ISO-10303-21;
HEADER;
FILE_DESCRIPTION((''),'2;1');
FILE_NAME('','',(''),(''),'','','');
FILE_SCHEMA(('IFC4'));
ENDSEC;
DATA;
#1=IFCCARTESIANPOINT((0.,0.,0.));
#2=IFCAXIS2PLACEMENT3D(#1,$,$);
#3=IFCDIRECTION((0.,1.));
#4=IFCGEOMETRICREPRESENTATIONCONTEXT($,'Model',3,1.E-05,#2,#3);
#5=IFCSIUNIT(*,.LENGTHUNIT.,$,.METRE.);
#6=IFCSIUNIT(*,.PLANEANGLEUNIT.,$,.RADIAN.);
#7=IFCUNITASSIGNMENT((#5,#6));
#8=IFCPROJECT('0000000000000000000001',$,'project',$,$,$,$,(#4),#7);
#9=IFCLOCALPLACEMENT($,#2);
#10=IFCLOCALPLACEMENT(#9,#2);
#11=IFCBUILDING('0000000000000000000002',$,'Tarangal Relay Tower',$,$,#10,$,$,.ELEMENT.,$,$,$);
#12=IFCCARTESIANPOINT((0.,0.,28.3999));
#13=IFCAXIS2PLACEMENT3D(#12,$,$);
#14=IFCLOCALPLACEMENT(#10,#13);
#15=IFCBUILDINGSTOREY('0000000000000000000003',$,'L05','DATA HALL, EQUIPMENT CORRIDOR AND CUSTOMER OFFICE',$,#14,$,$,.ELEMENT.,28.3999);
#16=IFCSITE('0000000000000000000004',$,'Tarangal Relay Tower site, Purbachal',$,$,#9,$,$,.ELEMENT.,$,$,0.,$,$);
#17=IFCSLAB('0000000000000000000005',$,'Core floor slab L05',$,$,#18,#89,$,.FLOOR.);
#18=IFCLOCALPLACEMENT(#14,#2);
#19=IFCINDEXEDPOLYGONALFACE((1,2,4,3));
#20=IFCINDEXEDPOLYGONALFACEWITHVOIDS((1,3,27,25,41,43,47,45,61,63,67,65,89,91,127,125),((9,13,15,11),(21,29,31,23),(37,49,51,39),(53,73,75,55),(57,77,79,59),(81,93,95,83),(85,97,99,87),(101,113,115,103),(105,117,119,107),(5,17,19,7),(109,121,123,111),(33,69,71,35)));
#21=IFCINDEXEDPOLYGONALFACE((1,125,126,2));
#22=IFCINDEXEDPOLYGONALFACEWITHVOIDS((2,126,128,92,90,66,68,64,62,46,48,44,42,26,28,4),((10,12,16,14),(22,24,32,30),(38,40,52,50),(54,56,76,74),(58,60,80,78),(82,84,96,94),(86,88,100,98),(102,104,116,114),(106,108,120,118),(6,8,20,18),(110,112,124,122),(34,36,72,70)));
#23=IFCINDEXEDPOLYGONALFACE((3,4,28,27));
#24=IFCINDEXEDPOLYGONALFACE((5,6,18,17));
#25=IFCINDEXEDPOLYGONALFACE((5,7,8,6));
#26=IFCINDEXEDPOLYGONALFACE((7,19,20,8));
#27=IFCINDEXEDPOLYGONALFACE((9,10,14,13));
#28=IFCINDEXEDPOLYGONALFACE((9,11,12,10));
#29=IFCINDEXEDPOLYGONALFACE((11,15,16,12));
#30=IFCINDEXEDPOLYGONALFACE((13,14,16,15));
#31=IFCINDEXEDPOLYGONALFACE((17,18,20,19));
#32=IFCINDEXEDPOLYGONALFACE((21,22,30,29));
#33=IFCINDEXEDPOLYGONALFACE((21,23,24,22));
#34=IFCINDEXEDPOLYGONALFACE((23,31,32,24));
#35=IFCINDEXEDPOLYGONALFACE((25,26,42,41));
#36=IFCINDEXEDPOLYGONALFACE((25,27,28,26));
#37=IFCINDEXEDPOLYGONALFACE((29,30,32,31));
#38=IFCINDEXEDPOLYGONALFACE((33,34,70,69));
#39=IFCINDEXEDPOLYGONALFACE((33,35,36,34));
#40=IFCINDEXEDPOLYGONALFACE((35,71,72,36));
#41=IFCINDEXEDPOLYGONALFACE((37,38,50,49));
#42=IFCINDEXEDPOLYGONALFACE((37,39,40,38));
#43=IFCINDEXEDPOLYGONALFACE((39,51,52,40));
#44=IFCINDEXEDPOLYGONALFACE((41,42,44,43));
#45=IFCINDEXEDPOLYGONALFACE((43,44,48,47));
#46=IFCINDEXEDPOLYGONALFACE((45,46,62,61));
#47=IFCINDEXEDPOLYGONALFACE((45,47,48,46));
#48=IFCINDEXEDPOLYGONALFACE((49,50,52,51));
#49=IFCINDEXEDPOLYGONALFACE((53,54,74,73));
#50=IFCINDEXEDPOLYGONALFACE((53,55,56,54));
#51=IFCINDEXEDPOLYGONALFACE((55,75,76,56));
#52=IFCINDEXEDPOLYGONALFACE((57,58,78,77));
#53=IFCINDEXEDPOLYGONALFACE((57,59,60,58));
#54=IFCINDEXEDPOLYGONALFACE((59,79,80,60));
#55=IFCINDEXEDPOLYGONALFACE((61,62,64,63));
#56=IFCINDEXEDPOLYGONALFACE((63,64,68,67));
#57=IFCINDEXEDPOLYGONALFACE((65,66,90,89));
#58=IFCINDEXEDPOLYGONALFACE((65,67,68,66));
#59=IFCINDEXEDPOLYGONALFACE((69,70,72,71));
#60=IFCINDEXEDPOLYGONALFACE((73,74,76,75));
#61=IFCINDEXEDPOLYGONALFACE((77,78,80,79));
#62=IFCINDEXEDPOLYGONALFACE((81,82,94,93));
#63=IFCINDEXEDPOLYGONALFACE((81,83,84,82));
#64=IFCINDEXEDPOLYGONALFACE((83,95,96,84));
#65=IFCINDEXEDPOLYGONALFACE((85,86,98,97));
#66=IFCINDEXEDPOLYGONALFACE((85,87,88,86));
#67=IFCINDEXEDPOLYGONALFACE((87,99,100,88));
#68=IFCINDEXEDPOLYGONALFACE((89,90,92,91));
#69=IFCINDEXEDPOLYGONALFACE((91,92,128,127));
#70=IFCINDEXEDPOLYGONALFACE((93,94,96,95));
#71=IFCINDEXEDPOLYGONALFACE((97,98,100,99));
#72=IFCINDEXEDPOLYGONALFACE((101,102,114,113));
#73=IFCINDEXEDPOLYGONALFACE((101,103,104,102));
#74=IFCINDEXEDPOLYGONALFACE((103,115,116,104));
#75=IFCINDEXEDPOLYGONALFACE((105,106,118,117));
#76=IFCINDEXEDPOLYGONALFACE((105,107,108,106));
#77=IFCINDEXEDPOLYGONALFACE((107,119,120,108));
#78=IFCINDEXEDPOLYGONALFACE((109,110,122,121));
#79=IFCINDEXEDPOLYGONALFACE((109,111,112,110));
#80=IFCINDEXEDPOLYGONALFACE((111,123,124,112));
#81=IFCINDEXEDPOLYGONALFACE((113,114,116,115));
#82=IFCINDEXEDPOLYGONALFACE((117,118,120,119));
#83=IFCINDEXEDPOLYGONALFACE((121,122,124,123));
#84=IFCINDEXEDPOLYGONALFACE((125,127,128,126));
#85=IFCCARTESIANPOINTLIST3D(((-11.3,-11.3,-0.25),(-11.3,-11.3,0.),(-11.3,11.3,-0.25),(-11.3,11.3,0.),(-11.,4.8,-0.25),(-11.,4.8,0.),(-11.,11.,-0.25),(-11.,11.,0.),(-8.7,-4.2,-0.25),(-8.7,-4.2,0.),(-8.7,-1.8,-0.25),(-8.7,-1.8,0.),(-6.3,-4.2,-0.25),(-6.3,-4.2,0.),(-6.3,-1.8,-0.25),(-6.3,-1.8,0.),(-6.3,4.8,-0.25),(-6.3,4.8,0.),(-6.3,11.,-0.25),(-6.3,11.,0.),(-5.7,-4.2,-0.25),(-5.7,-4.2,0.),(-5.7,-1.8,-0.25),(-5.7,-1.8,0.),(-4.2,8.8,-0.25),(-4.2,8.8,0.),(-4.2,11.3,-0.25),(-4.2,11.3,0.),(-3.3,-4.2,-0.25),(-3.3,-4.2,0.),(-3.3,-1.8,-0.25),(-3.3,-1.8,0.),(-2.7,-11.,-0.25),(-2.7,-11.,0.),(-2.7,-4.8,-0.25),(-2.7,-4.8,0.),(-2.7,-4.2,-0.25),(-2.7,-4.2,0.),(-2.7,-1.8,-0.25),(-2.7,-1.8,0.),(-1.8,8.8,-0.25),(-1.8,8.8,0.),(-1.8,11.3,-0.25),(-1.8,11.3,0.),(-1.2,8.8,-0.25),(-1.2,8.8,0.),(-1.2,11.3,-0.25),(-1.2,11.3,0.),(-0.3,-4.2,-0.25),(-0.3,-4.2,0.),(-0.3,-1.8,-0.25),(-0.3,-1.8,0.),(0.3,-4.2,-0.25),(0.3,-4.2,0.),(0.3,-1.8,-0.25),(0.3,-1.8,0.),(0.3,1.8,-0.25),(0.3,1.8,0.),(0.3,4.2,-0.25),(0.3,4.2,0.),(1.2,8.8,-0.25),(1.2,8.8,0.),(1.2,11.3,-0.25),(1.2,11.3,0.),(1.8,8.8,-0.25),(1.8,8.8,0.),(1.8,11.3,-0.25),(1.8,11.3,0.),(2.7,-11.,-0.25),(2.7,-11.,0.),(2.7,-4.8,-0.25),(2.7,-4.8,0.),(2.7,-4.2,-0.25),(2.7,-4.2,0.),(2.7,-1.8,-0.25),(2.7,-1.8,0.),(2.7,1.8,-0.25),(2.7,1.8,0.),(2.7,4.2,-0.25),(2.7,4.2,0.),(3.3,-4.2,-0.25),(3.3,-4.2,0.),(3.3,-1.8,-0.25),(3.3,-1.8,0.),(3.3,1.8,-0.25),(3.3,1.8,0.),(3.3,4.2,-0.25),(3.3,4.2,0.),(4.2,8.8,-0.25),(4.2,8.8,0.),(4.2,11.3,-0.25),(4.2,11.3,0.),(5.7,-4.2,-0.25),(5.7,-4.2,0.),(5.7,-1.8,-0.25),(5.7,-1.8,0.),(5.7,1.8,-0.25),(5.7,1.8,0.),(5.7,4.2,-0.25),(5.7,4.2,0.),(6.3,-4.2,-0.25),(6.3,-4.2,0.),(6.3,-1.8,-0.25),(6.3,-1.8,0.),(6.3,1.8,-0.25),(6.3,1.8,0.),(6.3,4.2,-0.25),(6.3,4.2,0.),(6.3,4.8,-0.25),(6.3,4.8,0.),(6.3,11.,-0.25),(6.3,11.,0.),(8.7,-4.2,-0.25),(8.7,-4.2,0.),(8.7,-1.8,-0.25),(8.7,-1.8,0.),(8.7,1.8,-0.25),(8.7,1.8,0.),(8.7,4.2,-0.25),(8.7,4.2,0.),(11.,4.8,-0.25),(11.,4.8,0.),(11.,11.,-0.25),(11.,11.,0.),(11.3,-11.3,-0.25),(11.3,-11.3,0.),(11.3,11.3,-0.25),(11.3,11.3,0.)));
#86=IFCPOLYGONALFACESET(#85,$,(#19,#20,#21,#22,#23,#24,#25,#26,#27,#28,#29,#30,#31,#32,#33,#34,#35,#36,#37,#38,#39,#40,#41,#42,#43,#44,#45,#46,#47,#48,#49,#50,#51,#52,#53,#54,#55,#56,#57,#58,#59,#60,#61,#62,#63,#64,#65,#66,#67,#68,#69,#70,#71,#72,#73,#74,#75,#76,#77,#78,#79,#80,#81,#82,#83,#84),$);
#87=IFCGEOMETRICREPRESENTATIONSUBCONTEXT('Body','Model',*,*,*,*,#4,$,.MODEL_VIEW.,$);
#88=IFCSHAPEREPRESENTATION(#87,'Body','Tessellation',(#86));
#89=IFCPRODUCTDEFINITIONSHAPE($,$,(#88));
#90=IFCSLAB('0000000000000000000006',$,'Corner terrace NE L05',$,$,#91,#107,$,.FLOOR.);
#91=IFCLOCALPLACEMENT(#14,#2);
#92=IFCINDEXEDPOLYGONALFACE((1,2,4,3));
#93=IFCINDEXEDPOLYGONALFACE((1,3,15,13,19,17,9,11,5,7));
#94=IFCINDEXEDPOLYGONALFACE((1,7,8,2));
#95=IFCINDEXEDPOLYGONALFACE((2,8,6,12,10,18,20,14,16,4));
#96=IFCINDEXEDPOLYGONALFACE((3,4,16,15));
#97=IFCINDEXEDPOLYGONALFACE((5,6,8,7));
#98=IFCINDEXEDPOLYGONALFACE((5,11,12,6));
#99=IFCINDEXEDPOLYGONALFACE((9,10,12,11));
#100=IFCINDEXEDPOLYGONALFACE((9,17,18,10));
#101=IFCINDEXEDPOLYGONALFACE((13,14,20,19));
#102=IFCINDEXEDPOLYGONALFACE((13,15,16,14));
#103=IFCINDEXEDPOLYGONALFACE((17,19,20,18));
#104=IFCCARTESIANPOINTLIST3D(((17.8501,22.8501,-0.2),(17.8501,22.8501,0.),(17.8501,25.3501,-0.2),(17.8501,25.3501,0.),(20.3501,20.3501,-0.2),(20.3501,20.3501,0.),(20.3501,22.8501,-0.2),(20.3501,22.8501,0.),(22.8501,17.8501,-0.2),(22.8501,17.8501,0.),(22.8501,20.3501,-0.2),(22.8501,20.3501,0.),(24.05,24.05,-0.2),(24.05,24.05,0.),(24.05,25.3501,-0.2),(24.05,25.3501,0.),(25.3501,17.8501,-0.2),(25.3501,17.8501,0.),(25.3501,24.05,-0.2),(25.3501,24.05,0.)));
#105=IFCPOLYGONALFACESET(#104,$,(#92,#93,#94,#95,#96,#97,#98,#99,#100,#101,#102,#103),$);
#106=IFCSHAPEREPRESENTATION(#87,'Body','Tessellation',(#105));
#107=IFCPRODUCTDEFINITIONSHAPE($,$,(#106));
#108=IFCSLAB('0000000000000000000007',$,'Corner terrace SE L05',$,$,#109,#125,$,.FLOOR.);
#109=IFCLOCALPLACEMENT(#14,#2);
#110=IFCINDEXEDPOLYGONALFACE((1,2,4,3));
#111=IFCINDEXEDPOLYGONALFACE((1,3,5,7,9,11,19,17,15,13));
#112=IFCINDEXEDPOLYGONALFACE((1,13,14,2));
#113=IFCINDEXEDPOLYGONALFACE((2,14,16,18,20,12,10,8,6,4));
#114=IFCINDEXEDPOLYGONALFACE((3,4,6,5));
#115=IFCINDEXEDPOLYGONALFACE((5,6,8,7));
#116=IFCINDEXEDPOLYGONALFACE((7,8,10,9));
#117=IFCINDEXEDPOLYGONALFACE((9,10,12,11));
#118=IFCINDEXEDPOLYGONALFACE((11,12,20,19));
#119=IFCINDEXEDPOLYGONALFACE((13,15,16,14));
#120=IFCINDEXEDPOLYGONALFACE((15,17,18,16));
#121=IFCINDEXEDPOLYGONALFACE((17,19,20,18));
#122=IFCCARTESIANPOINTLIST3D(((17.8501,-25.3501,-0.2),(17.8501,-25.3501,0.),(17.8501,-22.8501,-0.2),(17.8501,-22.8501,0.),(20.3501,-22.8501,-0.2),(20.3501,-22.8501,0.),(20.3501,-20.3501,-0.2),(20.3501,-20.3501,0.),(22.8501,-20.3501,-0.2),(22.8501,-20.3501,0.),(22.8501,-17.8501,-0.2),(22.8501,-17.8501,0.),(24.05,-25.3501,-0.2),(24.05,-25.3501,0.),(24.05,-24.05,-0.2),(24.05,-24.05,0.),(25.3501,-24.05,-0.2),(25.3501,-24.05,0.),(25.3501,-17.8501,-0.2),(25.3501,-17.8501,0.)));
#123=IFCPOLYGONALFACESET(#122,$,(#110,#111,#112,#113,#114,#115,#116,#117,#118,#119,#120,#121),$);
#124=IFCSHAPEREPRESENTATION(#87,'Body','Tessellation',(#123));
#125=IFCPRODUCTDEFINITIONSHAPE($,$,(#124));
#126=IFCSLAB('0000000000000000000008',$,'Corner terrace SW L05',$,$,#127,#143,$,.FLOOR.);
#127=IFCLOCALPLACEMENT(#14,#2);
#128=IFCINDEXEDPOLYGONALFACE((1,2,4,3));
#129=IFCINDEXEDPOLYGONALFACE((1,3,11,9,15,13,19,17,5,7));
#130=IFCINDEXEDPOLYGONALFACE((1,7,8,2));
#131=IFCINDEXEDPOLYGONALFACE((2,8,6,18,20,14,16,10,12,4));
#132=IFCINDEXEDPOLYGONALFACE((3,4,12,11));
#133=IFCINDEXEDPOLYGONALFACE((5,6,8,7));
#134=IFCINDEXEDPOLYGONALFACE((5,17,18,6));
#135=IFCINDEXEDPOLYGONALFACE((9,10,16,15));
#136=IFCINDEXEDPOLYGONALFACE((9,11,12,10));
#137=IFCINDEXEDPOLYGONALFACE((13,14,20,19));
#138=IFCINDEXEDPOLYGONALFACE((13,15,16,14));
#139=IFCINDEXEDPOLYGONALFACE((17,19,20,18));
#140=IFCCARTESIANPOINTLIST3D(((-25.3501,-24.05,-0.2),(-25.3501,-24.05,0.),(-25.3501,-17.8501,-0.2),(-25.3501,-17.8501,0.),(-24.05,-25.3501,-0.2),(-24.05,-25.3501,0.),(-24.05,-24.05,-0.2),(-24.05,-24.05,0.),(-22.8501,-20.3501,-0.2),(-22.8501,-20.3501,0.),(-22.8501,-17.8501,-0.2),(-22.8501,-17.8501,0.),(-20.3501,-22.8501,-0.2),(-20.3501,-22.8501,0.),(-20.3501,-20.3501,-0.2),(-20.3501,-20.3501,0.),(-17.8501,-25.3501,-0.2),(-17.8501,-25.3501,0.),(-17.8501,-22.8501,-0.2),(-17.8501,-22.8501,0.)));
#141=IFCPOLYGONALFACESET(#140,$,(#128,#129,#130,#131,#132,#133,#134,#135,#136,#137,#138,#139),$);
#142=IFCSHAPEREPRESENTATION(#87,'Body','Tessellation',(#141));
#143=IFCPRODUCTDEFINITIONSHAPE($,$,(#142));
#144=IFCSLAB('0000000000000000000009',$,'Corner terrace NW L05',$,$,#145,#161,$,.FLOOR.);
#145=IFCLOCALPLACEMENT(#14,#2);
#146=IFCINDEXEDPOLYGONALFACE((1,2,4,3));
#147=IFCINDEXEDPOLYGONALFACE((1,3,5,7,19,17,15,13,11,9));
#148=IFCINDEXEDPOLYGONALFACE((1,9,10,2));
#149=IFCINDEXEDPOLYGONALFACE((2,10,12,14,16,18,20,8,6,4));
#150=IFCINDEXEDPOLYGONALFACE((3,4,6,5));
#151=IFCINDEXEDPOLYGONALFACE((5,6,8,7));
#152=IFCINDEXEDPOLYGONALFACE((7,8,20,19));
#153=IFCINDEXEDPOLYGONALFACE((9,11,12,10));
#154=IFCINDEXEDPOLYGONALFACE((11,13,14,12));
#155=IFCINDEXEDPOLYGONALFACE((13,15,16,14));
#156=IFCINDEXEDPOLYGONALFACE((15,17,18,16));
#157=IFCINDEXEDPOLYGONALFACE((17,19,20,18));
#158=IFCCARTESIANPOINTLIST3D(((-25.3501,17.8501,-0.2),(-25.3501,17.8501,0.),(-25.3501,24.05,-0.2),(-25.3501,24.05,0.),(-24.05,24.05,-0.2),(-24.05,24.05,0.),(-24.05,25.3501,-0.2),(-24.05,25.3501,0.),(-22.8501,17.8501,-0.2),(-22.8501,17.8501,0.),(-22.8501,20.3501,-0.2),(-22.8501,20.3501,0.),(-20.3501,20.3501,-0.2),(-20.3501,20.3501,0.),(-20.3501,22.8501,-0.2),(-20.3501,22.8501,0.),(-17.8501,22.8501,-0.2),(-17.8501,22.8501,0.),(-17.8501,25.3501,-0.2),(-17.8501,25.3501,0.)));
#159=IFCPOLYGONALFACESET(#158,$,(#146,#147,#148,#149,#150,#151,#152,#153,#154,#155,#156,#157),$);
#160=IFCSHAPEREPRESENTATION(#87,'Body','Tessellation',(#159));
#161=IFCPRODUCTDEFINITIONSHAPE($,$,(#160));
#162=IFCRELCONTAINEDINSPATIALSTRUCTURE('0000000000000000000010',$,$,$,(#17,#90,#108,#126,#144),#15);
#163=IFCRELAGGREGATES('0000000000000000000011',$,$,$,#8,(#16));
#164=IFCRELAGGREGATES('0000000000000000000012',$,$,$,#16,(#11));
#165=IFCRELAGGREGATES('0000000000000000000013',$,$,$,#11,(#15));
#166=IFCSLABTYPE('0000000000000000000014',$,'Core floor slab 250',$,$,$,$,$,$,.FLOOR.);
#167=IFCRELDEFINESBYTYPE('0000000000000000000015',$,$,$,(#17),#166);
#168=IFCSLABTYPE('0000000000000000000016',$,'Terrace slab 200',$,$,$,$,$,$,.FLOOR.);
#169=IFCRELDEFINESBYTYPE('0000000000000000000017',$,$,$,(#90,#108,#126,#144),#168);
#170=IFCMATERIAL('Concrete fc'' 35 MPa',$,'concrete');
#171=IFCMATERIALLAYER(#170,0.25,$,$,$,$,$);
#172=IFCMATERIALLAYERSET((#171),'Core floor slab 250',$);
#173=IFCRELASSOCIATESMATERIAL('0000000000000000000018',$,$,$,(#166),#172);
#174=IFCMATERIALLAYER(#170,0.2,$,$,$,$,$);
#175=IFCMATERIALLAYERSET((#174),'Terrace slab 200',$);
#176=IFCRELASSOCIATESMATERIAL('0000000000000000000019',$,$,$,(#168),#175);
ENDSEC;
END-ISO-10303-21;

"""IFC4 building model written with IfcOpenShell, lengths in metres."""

from ifc_helpers import new_model, si_unit, direction, frame, origin, place, context, subcontext, project, spatial, polyline, outline, extrude, material, layer, layer_set, type_object, element, save


model = new_model("IFC4")

# Units and contexts
model_context = context("Model", 3, precision=1e-05, world=origin(), true_north=direction((0.0, 1.0)))
body_context = subcontext(model_context, "Body", "Model", "MODEL_VIEW")
ifc_project = project(units=[si_unit("LENGTHUNIT", "METRE"), si_unit("PLANEANGLEUNIT", "RADIAN")], contexts=[model_context])

# Site, building, storey
site_placement = place(None, origin())
site = spatial("IfcSite", under=ifc_project, at=site_placement, Name="Tarangal Relay Tower site, Purbachal", CompositionType="ELEMENT", RefElevation=0.0)
building_placement = place(site_placement, origin())
building = spatial("IfcBuilding", under=site, at=building_placement, Name="Tarangal Relay Tower", CompositionType="ELEMENT")
storey_placement = place(building_placement, frame((0.0, 0.0, 28.3999)))
storey = spatial("IfcBuildingStorey", under=building, at=storey_placement, Name="L05", Description="DATA HALL, EQUIPMENT CORRIDOR AND CUSTOMER OFFICE", CompositionType="ELEMENT", Elevation=28.3999)

# Slabs
ifc_material_1 = material(Name="Concrete fc' 35 MPa", Category="concrete")
ifc_layer_1 = layer(ifc_material_1, 0.25)
ifc_layer_set_1 = layer_set([ifc_layer_1], Name="Core floor slab 250")
slab_type_1 = type_object("IfcSlabType", Name="Core floor slab 250", PredefinedType="FLOOR", material=ifc_layer_set_1)
slab_1_placement = place(storey_placement, frame((0.0, 0.0, -0.25)))
element("IfcSlab", 1, at=slab_1_placement, inside=storey, type_object=slab_type_1, Name="Core floor slab L05", PredefinedType="FLOOR", context=body_context, shape_type="SweptSolid", body=[
    extrude(outline(polyline([(11.3, 11.3), (11.3, -11.3), (-11.3, -11.3), (-11.3, 11.3), (-4.2, 11.3), (-4.2, 8.8), (-1.8, 8.8), (-1.8, 11.3), (-1.2, 11.3), (-1.2, 8.8), (1.2, 8.8), (1.2, 11.3), (1.8, 11.3), (1.8, 8.8), (4.2, 8.8), (4.2, 11.3), (11.3, 11.3)]), holes=[polyline([(2.7, -4.8), (-2.7, -4.8), (-2.7, -11.0), (2.7, -11.0), (2.7, -4.8)]), polyline([(-6.3, -4.2), (-6.3, -1.8), (-8.7, -1.8), (-8.7, -4.2), (-6.3, -4.2)]), polyline([(-3.3, -4.2), (-3.3, -1.8), (-5.7, -1.8), (-5.7, -4.2), (-3.3, -4.2)]), polyline([(-0.3, -4.2), (-0.3, -1.8), (-2.7, -1.8), (-2.7, -4.2), (-0.3, -4.2)]), polyline([(2.7, 1.8), (2.7, 4.2), (0.3, 4.2), (0.3, 1.8), (2.7, 1.8)]), polyline([(-6.3, 4.8), (-6.3, 11.0), (-11.0, 11.0), (-11.0, 4.8), (-6.3, 4.8)]), polyline([(2.7, -4.2), (2.7, -1.8), (0.3, -1.8), (0.3, -4.2), (2.7, -4.2)]), polyline([(5.7, -4.2), (5.7, -1.8), (3.3, -1.8), (3.3, -4.2), (5.7, -4.2)]), polyline([(8.7, -4.2), (8.7, -1.8), (6.3, -1.8), (6.3, -4.2), (8.7, -4.2)]), polyline([(5.7, 1.8), (5.7, 4.2), (3.3, 4.2), (3.3, 1.8), (5.7, 1.8)]), polyline([(8.7, 1.8), (8.7, 4.2), (6.3, 4.2), (6.3, 1.8), (8.7, 1.8)]), polyline([(11.0, 4.8), (11.0, 11.0), (6.3, 11.0), (6.3, 4.8), (11.0, 4.8)])]), origin(), (0.0, 0.0, 1.0), 0.25),
])
ifc_layer_2 = layer(ifc_material_1, 0.2)
ifc_layer_set_2 = layer_set([ifc_layer_2], Name="Terrace slab 200")
slab_type_2 = type_object("IfcSlabType", Name="Terrace slab 200", PredefinedType="FLOOR", material=ifc_layer_set_2)
slab_2_placement = place(storey_placement, frame((0.0, 0.0, -0.2)))
element("IfcSlab", 2, at=slab_2_placement, inside=storey, type_object=slab_type_2, Name="Corner terrace NE L05", PredefinedType="FLOOR", context=body_context, shape_type="SweptSolid", body=[
    extrude(outline(polyline([(17.8501, 25.3501), (17.8501, 22.8501), (20.3501, 22.8501), (20.3501, 20.3501), (22.8501, 20.3501), (22.8501, 17.8501), (25.3501, 17.8501), (25.3501, 24.05), (24.05, 24.05), (24.05, 25.3501), (17.8501, 25.3501)])), origin(), (0.0, 0.0, 1.0), 0.2),
])
slab_3_placement = place(storey_placement, frame((0.0, 0.0, -0.2)))
element("IfcSlab", 3, at=slab_3_placement, inside=storey, type_object=slab_type_2, Name="Corner terrace SE L05", PredefinedType="FLOOR", context=body_context, shape_type="SweptSolid", body=[
    extrude(outline(polyline([(25.3501, -17.8501), (22.8501, -17.8501), (22.8501, -20.3501), (20.3501, -20.3501), (20.3501, -22.8501), (17.8501, -22.8501), (17.8501, -25.3501), (24.05, -25.3501), (24.05, -24.05), (25.3501, -24.05), (25.3501, -17.8501)])), origin(), (0.0, 0.0, 1.0), 0.2),
])
slab_4_placement = place(storey_placement, frame((0.0, 0.0, -0.2)))
element("IfcSlab", 4, at=slab_4_placement, inside=storey, type_object=slab_type_2, Name="Corner terrace SW L05", PredefinedType="FLOOR", context=body_context, shape_type="SweptSolid", body=[
    extrude(outline(polyline([(-17.8501, -25.3501), (-17.8501, -22.8501), (-20.3501, -22.8501), (-20.3501, -20.3501), (-22.8501, -20.3501), (-22.8501, -17.8501), (-25.3501, -17.8501), (-25.3501, -24.05), (-24.05, -24.05), (-24.05, -25.3501), (-17.8501, -25.3501)])), origin(), (0.0, 0.0, 1.0), 0.2),
])
slab_5_placement = place(storey_placement, frame((0.0, 0.0, -0.2)))
element("IfcSlab", 5, at=slab_5_placement, inside=storey, type_object=slab_type_2, Name="Corner terrace NW L05", PredefinedType="FLOOR", context=body_context, shape_type="SweptSolid", body=[
    extrude(outline(polyline([(-25.3501, 17.8501), (-22.8501, 17.8501), (-22.8501, 20.3501), (-20.3501, 20.3501), (-20.3501, 22.8501), (-17.8501, 22.8501), (-17.8501, 25.3501), (-24.05, 25.3501), (-24.05, 24.05), (-25.3501, 24.05), (-25.3501, 17.8501)])), origin(), (0.0, 0.0, 1.0), 0.2),
])

save(model, "model.ifc")
